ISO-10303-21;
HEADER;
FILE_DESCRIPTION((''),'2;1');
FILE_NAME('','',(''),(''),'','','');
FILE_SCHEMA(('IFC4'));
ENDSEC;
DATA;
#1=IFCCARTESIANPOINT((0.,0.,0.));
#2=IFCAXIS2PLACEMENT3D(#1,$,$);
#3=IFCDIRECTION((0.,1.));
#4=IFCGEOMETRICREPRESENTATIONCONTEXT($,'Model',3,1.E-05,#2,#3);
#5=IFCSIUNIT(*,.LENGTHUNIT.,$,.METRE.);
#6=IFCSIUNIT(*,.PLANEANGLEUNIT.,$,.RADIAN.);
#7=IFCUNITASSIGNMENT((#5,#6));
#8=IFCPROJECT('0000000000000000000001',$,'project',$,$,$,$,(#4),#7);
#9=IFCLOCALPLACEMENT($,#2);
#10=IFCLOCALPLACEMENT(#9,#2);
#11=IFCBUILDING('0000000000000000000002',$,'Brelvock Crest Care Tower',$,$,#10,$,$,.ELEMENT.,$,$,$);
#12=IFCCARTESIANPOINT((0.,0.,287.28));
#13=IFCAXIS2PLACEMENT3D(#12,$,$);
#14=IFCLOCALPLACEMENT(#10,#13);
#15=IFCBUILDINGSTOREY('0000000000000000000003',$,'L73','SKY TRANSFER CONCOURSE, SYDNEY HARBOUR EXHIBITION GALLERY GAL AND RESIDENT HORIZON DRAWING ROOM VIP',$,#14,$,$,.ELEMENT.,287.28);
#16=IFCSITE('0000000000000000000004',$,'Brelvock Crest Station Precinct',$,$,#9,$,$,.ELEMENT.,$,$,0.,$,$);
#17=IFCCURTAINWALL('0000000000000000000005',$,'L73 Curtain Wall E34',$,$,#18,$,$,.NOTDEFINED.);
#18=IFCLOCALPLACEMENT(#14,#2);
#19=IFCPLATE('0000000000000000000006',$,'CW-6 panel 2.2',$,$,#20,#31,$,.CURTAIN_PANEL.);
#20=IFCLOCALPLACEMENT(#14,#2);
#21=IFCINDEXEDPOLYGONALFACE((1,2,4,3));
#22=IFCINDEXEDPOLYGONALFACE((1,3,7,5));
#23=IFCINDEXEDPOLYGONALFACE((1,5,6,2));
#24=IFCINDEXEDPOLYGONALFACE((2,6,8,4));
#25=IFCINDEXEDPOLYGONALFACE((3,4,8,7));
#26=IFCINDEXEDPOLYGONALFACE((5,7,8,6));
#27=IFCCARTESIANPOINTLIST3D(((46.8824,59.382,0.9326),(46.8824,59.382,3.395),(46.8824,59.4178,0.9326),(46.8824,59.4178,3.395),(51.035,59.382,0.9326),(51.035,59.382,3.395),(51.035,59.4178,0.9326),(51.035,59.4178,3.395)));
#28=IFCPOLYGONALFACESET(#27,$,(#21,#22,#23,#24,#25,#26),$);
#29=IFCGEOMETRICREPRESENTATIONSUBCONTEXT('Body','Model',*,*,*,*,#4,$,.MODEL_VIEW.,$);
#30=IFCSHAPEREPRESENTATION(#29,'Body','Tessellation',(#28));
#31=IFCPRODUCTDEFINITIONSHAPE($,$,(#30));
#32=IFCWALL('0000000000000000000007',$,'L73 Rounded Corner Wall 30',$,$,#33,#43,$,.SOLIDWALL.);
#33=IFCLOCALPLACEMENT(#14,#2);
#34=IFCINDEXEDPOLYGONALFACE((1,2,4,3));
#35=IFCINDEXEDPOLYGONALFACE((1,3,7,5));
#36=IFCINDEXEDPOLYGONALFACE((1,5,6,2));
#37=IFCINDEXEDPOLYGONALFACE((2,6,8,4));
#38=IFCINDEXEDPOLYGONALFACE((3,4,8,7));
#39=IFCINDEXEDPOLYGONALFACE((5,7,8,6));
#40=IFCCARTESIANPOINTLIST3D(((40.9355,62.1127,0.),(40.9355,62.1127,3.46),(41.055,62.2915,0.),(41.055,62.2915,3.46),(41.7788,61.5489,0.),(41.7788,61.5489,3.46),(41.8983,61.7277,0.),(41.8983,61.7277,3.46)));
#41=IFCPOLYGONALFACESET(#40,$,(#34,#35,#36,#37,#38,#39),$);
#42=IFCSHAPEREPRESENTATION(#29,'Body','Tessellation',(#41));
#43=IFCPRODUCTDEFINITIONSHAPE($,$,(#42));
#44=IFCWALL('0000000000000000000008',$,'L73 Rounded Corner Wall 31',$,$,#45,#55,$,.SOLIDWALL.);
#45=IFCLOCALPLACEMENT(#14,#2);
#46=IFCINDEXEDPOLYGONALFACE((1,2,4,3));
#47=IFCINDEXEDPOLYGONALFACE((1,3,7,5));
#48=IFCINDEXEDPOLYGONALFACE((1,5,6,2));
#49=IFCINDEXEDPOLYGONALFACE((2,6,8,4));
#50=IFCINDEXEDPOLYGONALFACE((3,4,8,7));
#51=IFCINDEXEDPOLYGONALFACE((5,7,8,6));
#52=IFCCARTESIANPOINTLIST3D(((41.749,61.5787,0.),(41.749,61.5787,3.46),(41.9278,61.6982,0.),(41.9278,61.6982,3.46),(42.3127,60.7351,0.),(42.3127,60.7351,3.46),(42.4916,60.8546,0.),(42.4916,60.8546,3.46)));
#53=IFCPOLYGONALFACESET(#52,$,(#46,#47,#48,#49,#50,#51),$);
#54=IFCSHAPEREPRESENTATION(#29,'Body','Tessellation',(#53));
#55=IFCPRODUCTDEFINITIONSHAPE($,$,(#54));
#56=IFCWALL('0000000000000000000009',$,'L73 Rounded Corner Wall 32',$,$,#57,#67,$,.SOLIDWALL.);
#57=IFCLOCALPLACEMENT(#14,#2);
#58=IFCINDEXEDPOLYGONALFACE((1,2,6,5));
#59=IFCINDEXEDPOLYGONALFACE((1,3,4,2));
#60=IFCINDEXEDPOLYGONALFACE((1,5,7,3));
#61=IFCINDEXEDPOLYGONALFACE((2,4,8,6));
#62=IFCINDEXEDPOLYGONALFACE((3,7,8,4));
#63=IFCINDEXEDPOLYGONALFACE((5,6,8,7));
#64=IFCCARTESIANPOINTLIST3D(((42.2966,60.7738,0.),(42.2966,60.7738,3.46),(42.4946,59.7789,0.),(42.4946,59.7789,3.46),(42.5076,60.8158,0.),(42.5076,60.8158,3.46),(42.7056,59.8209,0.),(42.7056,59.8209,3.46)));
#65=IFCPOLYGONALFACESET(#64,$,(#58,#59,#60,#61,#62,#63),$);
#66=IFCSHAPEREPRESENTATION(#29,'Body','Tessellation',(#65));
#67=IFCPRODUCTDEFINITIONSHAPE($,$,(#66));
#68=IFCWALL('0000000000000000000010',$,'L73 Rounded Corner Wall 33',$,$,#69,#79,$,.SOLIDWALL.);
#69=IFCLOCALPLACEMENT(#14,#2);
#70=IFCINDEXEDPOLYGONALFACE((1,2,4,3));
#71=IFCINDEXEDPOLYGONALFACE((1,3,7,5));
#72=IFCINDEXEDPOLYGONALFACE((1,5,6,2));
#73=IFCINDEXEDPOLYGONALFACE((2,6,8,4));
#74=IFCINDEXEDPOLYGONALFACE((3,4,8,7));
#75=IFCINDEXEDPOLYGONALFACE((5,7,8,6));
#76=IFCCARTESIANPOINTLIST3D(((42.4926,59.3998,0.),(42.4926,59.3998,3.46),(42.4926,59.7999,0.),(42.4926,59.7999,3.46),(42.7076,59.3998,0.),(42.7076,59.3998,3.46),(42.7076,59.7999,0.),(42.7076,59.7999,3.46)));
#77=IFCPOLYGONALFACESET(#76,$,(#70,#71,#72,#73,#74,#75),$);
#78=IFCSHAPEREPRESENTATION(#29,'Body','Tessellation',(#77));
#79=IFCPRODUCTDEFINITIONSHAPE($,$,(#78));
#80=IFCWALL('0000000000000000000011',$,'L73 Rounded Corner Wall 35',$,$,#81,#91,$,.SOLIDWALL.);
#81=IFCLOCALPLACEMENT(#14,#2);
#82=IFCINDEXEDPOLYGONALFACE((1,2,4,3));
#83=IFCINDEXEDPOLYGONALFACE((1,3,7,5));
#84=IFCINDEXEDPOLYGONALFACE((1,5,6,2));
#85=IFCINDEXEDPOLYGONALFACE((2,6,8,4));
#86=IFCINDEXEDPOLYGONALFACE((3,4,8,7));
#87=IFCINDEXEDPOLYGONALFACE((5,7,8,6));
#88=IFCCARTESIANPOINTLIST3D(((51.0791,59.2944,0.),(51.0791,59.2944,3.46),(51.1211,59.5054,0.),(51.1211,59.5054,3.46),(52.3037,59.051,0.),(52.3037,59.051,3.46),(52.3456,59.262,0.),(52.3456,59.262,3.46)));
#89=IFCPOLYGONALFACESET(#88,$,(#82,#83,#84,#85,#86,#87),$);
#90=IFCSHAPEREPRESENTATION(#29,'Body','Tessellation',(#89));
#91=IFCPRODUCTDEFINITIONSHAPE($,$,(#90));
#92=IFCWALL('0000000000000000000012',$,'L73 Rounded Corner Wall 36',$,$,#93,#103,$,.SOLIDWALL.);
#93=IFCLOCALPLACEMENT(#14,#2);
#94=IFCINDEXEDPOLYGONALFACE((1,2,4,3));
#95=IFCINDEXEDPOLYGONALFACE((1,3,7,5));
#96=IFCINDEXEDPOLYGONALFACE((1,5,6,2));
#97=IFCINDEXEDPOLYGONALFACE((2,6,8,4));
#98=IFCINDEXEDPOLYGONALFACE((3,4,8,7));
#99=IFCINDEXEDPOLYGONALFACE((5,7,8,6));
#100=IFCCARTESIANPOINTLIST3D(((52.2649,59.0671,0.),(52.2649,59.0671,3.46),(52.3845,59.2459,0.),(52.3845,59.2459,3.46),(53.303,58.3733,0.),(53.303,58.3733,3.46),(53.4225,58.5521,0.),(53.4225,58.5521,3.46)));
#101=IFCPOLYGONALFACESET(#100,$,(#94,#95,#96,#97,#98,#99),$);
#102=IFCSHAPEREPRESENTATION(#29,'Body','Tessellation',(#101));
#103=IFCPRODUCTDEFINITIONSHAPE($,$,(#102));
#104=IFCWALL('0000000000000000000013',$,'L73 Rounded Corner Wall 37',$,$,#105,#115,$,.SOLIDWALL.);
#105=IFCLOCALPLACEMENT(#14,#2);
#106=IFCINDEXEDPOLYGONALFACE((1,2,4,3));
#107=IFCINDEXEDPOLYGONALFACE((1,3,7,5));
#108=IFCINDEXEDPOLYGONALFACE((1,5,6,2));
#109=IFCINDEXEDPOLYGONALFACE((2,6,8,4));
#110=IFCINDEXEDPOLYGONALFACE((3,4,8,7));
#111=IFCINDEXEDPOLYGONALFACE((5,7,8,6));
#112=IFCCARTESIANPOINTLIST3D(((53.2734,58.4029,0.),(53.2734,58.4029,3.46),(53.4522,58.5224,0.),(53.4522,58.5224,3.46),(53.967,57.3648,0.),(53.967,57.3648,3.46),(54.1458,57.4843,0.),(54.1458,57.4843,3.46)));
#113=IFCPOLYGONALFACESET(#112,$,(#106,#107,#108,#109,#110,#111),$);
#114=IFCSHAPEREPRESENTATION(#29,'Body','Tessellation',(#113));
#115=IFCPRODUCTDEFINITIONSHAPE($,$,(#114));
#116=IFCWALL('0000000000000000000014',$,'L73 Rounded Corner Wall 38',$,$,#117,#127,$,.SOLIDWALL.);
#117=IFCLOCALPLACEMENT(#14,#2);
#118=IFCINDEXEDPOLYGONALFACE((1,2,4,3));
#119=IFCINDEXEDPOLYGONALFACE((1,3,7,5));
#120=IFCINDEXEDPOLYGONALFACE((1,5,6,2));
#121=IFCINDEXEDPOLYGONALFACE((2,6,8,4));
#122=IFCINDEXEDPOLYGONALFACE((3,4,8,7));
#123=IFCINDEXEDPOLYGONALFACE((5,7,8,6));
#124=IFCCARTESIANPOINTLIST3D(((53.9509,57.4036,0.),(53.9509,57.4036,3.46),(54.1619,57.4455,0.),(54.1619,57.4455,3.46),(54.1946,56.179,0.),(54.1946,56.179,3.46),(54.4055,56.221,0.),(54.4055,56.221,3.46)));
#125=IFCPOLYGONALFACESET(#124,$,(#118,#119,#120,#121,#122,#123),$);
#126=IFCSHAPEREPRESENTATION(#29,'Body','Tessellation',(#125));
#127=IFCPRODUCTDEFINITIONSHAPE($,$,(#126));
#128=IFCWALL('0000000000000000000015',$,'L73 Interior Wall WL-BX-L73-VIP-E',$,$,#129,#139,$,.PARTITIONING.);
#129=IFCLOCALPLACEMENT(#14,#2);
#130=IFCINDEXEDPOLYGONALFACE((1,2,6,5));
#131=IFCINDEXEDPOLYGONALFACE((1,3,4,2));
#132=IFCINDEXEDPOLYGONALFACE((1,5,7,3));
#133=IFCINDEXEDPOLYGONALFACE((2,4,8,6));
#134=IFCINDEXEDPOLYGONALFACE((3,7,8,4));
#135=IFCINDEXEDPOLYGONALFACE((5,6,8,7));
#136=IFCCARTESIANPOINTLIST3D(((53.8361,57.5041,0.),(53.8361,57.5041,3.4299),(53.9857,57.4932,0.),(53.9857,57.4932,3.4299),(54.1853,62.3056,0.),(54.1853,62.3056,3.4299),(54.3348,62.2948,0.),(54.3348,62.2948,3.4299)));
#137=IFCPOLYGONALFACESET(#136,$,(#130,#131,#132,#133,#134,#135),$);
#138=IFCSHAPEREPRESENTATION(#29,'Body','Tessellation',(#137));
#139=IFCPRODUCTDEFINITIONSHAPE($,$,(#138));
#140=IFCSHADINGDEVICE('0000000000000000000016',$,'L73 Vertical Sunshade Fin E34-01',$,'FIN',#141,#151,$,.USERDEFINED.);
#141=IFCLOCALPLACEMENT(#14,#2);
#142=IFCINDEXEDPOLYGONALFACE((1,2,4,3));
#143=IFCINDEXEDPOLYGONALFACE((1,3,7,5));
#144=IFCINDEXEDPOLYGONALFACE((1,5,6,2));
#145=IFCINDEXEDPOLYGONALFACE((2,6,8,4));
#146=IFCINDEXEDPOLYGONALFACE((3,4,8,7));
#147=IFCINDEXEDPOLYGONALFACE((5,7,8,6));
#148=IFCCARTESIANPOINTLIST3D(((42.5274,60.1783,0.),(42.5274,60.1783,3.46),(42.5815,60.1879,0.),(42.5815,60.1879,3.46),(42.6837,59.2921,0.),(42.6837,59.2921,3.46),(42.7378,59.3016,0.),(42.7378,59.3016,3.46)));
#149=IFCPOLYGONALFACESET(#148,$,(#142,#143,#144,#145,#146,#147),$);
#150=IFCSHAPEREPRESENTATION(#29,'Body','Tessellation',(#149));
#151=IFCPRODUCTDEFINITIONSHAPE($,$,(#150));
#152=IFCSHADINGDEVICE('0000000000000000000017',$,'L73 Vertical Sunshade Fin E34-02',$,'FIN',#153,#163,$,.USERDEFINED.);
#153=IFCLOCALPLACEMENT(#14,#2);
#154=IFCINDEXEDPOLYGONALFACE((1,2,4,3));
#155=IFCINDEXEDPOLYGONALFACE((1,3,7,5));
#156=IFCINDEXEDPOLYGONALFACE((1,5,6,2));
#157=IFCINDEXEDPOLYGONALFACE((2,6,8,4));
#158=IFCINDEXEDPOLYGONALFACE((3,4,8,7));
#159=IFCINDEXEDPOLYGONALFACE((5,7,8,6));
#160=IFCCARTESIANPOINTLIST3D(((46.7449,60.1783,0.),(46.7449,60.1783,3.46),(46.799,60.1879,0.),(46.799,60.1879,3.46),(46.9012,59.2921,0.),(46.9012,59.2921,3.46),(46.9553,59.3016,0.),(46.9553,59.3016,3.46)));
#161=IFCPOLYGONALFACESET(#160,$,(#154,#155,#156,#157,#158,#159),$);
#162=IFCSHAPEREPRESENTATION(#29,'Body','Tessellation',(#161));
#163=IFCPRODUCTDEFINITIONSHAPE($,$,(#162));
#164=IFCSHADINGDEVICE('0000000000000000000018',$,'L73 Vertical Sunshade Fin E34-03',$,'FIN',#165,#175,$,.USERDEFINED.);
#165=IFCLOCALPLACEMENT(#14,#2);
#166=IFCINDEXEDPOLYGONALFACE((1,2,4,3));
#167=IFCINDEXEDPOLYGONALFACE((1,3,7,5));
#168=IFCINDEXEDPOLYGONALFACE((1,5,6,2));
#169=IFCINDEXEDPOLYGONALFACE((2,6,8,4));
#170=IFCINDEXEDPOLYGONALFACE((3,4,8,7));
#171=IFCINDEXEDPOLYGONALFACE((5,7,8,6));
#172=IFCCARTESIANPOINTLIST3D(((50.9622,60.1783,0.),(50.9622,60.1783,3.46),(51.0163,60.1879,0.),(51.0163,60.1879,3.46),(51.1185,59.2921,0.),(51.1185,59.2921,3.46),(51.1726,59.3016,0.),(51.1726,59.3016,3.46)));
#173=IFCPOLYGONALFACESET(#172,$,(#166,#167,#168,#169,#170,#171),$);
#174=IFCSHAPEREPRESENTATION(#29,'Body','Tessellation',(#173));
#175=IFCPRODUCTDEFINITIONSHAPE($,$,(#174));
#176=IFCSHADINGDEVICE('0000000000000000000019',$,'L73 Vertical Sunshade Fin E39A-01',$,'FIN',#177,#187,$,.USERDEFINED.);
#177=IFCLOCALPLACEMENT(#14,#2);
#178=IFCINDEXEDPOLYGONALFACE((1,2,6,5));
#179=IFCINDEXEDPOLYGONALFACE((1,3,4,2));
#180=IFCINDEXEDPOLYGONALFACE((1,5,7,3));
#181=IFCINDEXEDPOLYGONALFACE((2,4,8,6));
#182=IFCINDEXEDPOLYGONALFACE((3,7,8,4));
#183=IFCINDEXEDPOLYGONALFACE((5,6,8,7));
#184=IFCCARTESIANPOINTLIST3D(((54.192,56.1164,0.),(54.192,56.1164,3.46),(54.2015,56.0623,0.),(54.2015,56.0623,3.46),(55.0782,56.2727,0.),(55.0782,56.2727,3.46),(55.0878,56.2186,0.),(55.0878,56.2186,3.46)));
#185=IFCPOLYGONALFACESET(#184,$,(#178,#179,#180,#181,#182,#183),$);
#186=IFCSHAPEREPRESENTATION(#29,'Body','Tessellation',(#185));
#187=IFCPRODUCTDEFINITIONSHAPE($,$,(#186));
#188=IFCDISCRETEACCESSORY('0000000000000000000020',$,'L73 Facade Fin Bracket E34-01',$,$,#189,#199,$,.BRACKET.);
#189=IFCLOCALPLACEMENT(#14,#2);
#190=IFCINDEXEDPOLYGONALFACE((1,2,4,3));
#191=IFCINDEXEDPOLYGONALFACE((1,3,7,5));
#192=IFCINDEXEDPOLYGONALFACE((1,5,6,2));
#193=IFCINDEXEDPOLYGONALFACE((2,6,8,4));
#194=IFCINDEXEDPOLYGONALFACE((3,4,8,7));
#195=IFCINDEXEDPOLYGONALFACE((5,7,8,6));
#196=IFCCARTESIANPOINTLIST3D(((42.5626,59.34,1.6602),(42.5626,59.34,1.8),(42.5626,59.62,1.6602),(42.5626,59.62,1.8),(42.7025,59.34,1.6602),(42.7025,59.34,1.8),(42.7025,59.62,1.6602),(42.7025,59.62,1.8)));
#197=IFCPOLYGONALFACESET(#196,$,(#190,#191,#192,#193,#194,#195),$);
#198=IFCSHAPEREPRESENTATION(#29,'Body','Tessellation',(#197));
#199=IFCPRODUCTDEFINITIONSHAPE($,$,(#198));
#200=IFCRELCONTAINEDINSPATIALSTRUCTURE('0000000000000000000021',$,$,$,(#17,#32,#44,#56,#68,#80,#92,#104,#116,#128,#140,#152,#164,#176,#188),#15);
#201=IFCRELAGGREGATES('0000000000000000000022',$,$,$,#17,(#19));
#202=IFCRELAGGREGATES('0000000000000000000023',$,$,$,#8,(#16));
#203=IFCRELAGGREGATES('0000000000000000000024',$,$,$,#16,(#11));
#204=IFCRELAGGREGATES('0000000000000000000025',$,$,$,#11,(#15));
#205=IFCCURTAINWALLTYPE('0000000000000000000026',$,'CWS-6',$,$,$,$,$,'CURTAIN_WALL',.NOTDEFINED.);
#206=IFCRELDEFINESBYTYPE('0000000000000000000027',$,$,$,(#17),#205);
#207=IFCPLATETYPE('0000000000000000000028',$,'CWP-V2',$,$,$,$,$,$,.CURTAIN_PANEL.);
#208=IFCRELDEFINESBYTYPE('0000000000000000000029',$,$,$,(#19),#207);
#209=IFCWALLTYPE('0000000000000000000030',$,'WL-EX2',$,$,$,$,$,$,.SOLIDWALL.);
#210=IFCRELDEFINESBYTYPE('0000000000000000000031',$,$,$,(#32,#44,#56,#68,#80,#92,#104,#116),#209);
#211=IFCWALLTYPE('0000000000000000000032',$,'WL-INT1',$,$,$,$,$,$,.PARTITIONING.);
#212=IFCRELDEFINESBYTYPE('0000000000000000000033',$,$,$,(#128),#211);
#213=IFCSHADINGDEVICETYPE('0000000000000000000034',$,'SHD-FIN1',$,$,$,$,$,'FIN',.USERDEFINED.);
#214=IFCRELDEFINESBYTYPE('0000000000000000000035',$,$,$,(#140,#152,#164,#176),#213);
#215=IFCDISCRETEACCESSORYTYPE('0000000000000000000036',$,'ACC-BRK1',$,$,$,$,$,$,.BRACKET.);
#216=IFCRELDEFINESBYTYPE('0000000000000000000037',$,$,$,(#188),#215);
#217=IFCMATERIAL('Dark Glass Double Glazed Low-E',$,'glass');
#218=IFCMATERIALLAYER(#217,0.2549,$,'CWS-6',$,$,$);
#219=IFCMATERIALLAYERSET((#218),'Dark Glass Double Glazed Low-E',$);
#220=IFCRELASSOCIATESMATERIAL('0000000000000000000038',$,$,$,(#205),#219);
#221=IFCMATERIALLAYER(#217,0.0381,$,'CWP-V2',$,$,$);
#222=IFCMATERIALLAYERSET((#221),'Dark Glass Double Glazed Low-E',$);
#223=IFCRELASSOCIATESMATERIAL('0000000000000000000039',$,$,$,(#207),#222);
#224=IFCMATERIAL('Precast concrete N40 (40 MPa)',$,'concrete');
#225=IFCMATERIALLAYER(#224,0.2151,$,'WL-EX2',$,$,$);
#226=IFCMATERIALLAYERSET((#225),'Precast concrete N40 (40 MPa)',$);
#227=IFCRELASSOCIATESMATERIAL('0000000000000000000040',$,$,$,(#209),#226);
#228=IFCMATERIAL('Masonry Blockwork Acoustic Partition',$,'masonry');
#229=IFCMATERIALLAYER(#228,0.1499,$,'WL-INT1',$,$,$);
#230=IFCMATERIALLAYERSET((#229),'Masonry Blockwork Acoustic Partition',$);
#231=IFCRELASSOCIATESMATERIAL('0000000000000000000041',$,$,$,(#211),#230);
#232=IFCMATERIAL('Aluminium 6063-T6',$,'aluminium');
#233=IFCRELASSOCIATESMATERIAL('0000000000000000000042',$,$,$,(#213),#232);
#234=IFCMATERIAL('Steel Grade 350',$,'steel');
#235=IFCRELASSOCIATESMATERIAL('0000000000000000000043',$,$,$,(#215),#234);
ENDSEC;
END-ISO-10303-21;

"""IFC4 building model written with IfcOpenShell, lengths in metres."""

from ifc_helpers import new_model, si_unit, direction, frame, frame_2d, origin, origin_2d, place, context, subcontext, project, spatial, rectangle, extrude, source, transform, mapped, material, layer, layer_set, material_profile, profile_set, type_object, element, aggregate, save


model = new_model("IFC4")

# Units and contexts
model_context = context("Model", 3, precision=1e-05, world=origin(), true_north=direction((0.0, 1.0)))
body_context = subcontext(model_context, "Body", "Model", "MODEL_VIEW")
ifc_project = project(units=[si_unit("LENGTHUNIT", "METRE"), si_unit("PLANEANGLEUNIT", "RADIAN")], contexts=[model_context])

# Site, building, storey
site_placement = place(None, origin())
site = spatial("IfcSite", under=ifc_project, at=site_placement, Name="Brelvock Crest Station Precinct", CompositionType="ELEMENT", RefElevation=0.0)
building_placement = place(site_placement, origin())
building = spatial("IfcBuilding", under=site, at=building_placement, Name="Brelvock Crest Care Tower", CompositionType="ELEMENT")
storey_placement = place(building_placement, frame((0.0, 0.0, 287.28)))
storey = spatial("IfcBuildingStorey", under=building, at=storey_placement, Name="L73", Description="SKY TRANSFER CONCOURSE, SYDNEY HARBOUR EXHIBITION GALLERY GAL AND RESIDENT HORIZON DRAWING ROOM VIP", CompositionType="ELEMENT", Elevation=287.28)

# Curtain wall
ifc_material_1 = material(Name="Dark Glass Double Glazed Low-E", Category="glass")
ifc_layer_1 = layer(ifc_material_1, 0.2549, Name="CWS-6")
ifc_layer_set_1 = layer_set([ifc_layer_1], Name="Dark Glass Double Glazed Low-E")
curtain_wall_type = type_object("IfcCurtainWallType", Name="CWS-6", ElementType="CURTAIN_WALL", PredefinedType="NOTDEFINED", material=ifc_layer_set_1)
curtain_wall_1_placement = place(storey_placement, origin())
curtain_wall_1 = element("IfcCurtainWall", 1, at=curtain_wall_1_placement, inside=storey, type_object=curtain_wall_type, Name="L73 Curtain Wall E34", PredefinedType="NOTDEFINED")
ifc_material_2 = material(Name="Aluminium 6063-T6", Category="aluminium")

# Plate
ifc_layer_2 = layer(ifc_material_1, 0.0381, Name="CWP-V2")
ifc_layer_set_2 = layer_set([ifc_layer_2], Name="Dark Glass Double Glazed Low-E")
plate_type_1 = type_object("IfcPlateType", Name="CWP-V2", PredefinedType="CURTAIN_PANEL", material=ifc_layer_set_2)
shared_shape_1 = source(origin(), body_context, "Body", "SweptSolid", [
    extrude(rectangle(XDim=4.1526, YDim=0.0359, at=origin_2d()), origin(), (0.0, 0.0, 1.0), 2.4624),
])
plate_1_placement = place(storey_placement, frame((48.9587, 59.3999, 0.9326), z_axis=(0.0, 0.0, 1.0), x_axis=(1.0, 0.0, 0.0)))
plate_1 = element("IfcPlate", 2, at=plate_1_placement, type_object=plate_type_1, Name="CW-6 panel 2.2", PredefinedType="CURTAIN_PANEL", context=body_context, shape_type="MappedRepresentation", body=[
    mapped(shared_shape_1, transform((0.0, 0.0, 0.0), x_axis=(1.0, 0.0, 0.0), y_axis=(0.0, 1.0, 0.0), z_axis=(0.0, 0.0, 1.0), scale=1.0)),
])
aggregate(curtain_wall_1, [plate_1])

# Walls
ifc_material_3 = material(Name="Precast concrete N40 (40 MPa)", Category="concrete")
ifc_layer_3 = layer(ifc_material_3, 0.2151, Name="WL-EX2")
ifc_layer_set_3 = layer_set([ifc_layer_3], Name="Precast concrete N40 (40 MPa)")
wall_type_1 = type_object("IfcWallType", Name="WL-EX2", PredefinedType="SOLIDWALL", material=ifc_layer_set_3)
wall_1_placement = place(storey_placement, frame((40.9951, 62.2021, 0.0), z_axis=(0.0, 0.0, 1.0), x_axis=(0.831346, -0.555755, 0.0)))
element("IfcWall", 3, at=wall_1_placement, inside=storey, type_object=wall_type_1, Name="L73 Rounded Corner Wall 30", PredefinedType="SOLIDWALL", context=body_context, shape_type="SweptSolid", body=[
    extrude(rectangle(XDim=1.0144, YDim=0.2151, at=frame_2d((0.5073, 0.0))), origin(), (0.0, 0.0, 1.0), 3.46),
])
wall_2_placement = place(storey_placement, frame((41.8384, 61.6384, 0.0), z_axis=(0.0, 0.0, 1.0), x_axis=(0.555644, -0.83142, 0.0)))
element("IfcWall", 4, at=wall_2_placement, inside=storey, type_object=wall_type_1, Name="L73 Rounded Corner Wall 31", PredefinedType="SOLIDWALL", context=body_context, shape_type="SweptSolid", body=[
    extrude(rectangle(XDim=1.0146, YDim=0.2151, at=frame_2d((0.5073, 0.0))), origin(), (0.0, 0.0, 1.0), 3.46),
])
wall_3_placement = place(storey_placement, frame((42.4021, 60.7949, 0.0), z_axis=(0.0, 0.0, 1.0), x_axis=(0.19519, -0.980765, 0.0)))
element("IfcWall", 5, at=wall_3_placement, inside=storey, type_object=wall_type_1, Name="L73 Rounded Corner Wall 32", PredefinedType="SOLIDWALL", context=body_context, shape_type="SweptSolid", body=[
    extrude(rectangle(XDim=1.0144, YDim=0.2151, at=frame_2d((0.5073, 0.0))), origin(), (0.0, 0.0, 1.0), 3.46),
])
wall_4_placement = place(storey_placement, frame((42.6001, 59.8, 0.0), z_axis=(0.0, 0.0, 1.0), x_axis=(0.0, -1.0, 0.0)))
element("IfcWall", 6, at=wall_4_placement, inside=storey, type_object=wall_type_1, Name="L73 Rounded Corner Wall 33", PredefinedType="SOLIDWALL", context=body_context, shape_type="SweptSolid", body=[
    extrude(rectangle(XDim=0.4001, YDim=0.2151, at=frame_2d((0.2002, 0.0))), origin(), (0.0, 0.0, 1.0), 3.46),
])
for number, where, z_axis, x_axis, name in (
    (7, (51.1001, 59.3999, 0.0), (0.0, 0.0, 1.0), (0.980813, -0.19495, 0.0), "L73 Rounded Corner Wall 35"),
    (8, (52.3247, 59.1565, 0.0), (0.0, 0.0, 1.0), (0.831388, -0.555692, 0.0), "L73 Rounded Corner Wall 36"),
    (9, (53.3628, 58.4626, 0.0), (0.0, 0.0, 1.0), (0.555557, -0.831478, 0.0), "L73 Rounded Corner Wall 37"),
    (10, (54.0564, 57.4246, 0.0), (0.0, 0.0, 1.0), (0.195138, -0.980776, 0.0), "L73 Rounded Corner Wall 38"),
):
    element("IfcWall", number, at=place(storey_placement, frame(where, z_axis=z_axis, x_axis=x_axis)), inside=storey, type_object=wall_type_1, Name=name, PredefinedType="SOLIDWALL", context=body_context, shape_type="SweptSolid", body=[
        extrude(rectangle(XDim=1.2485, YDim=0.2151, at=frame_2d((0.6243, 0.0))), origin(), (0.0, 0.0, 1.0), 3.46),
    ])
ifc_material_4 = material(Name="Masonry Blockwork Acoustic Partition", Category="masonry")
ifc_layer_4 = layer(ifc_material_4, 0.1499, Name="WL-INT1")
ifc_layer_set_4 = layer_set([ifc_layer_4], Name="Masonry Blockwork Acoustic Partition")
wall_type_2 = type_object("IfcWallType", Name="WL-INT1", PredefinedType="PARTITIONING", material=ifc_layer_set_4)
wall_5_placement = place(storey_placement, frame((53.9109, 57.4985, 0.0), z_axis=(0.0, 0.0, 1.0), x_axis=(0.072519, 0.997367, 0.0)))
element("IfcWall", 11, at=wall_5_placement, inside=storey, type_object=wall_type_2, Name="L73 Interior Wall WL-BX-L73-VIP-E", PredefinedType="PARTITIONING", context=body_context, shape_type="SweptSolid", body=[
    extrude(rectangle(XDim=4.8142, YDim=0.1499, at=frame_2d((2.4072, 0.0))), origin(), (0.0, 0.0, 1.0), 3.4299),
])

# Shading devices
ifc_material_profile_1 = material_profile(ifc_material_2, rectangle(XDim=0.0549, YDim=0.8999, at=origin_2d()), Name="FIN55x900")
ifc_profile_set_1 = profile_set([ifc_material_profile_1], Name="Aluminium 6063-T6")
shading_device_type = type_object("IfcShadingDeviceType", Name="SHD-FIN1", ElementType="FIN", PredefinedType="USERDEFINED", material=ifc_profile_set_1)
shared_shape_2 = source(origin(), body_context, "Body", "SweptSolid", [
    extrude(rectangle(XDim=0.0549, YDim=0.8999, at=origin_2d()), origin(), (0.0, 0.0, 1.0), 3.46),
])
for number, where, z_axis, x_axis, name in (
    (12, (42.6326, 59.74, 0.0), (0.0, 0.0, 1.0), (0.984808, 0.173648, 0.0), "L73 Vertical Sunshade Fin E34-01"),
    (13, (46.8501, 59.74, 0.0), (0.0, 0.0, 1.0), (0.984808, 0.173648, 0.0), "L73 Vertical Sunshade Fin E34-02"),
    (14, (51.0674, 59.74, 0.0), (0.0, 0.0, 1.0), (0.984808, 0.173648, 0.0), "L73 Vertical Sunshade Fin E34-03"),
    (15, (54.6399, 56.1675, 0.0), (0.0, 0.0, 1.0), (0.173648, -0.984808, 0.0), "L73 Vertical Sunshade Fin E39A-01"),
):
    element("IfcShadingDevice", number, at=place(storey_placement, frame(where, z_axis=z_axis, x_axis=x_axis)), inside=storey, type_object=shading_device_type, Name=name, ObjectType="FIN", PredefinedType="USERDEFINED", context=body_context, shape_type="MappedRepresentation", body=[
        mapped(shared_shape_2, transform((0.0, 0.0, 0.0), x_axis=(1.0, 0.0, 0.0), y_axis=(0.0, 1.0, 0.0), z_axis=(0.0, 0.0, 1.0), scale=1.0)),
    ])

# Discrete accessory
ifc_material_5 = material(Name="Steel Grade 350", Category="steel")
discrete_accessory_type = type_object("IfcDiscreteAccessoryType", Name="ACC-BRK1", PredefinedType="BRACKET", material=ifc_material_5)
shared_shape_3 = source(origin(), body_context, "Body", "SweptSolid", [
    extrude(rectangle(XDim=0.28, YDim=0.1399, at=origin_2d()), origin(), (0.0, 0.0, 1.0), 0.1399),
])
for number, where, z_axis, x_axis, name in (
    (16, (42.6326, 59.48, 1.6602), (0.0, 0.0, 1.0), (0.0, 1.0, 0.0), "L73 Facade Fin Bracket E34-01"),
):
    element("IfcDiscreteAccessory", number, at=place(storey_placement, frame(where, z_axis=z_axis, x_axis=x_axis)), inside=storey, type_object=discrete_accessory_type, Name=name, PredefinedType="BRACKET", context=body_context, shape_type="MappedRepresentation", body=[
        mapped(shared_shape_3, transform((0.0, 0.0, 0.0), x_axis=(1.0, 0.0, 0.0), y_axis=(0.0, 1.0, 0.0), z_axis=(0.0, 0.0, 1.0), scale=1.0)),
    ])

save(model, "model.ifc")
